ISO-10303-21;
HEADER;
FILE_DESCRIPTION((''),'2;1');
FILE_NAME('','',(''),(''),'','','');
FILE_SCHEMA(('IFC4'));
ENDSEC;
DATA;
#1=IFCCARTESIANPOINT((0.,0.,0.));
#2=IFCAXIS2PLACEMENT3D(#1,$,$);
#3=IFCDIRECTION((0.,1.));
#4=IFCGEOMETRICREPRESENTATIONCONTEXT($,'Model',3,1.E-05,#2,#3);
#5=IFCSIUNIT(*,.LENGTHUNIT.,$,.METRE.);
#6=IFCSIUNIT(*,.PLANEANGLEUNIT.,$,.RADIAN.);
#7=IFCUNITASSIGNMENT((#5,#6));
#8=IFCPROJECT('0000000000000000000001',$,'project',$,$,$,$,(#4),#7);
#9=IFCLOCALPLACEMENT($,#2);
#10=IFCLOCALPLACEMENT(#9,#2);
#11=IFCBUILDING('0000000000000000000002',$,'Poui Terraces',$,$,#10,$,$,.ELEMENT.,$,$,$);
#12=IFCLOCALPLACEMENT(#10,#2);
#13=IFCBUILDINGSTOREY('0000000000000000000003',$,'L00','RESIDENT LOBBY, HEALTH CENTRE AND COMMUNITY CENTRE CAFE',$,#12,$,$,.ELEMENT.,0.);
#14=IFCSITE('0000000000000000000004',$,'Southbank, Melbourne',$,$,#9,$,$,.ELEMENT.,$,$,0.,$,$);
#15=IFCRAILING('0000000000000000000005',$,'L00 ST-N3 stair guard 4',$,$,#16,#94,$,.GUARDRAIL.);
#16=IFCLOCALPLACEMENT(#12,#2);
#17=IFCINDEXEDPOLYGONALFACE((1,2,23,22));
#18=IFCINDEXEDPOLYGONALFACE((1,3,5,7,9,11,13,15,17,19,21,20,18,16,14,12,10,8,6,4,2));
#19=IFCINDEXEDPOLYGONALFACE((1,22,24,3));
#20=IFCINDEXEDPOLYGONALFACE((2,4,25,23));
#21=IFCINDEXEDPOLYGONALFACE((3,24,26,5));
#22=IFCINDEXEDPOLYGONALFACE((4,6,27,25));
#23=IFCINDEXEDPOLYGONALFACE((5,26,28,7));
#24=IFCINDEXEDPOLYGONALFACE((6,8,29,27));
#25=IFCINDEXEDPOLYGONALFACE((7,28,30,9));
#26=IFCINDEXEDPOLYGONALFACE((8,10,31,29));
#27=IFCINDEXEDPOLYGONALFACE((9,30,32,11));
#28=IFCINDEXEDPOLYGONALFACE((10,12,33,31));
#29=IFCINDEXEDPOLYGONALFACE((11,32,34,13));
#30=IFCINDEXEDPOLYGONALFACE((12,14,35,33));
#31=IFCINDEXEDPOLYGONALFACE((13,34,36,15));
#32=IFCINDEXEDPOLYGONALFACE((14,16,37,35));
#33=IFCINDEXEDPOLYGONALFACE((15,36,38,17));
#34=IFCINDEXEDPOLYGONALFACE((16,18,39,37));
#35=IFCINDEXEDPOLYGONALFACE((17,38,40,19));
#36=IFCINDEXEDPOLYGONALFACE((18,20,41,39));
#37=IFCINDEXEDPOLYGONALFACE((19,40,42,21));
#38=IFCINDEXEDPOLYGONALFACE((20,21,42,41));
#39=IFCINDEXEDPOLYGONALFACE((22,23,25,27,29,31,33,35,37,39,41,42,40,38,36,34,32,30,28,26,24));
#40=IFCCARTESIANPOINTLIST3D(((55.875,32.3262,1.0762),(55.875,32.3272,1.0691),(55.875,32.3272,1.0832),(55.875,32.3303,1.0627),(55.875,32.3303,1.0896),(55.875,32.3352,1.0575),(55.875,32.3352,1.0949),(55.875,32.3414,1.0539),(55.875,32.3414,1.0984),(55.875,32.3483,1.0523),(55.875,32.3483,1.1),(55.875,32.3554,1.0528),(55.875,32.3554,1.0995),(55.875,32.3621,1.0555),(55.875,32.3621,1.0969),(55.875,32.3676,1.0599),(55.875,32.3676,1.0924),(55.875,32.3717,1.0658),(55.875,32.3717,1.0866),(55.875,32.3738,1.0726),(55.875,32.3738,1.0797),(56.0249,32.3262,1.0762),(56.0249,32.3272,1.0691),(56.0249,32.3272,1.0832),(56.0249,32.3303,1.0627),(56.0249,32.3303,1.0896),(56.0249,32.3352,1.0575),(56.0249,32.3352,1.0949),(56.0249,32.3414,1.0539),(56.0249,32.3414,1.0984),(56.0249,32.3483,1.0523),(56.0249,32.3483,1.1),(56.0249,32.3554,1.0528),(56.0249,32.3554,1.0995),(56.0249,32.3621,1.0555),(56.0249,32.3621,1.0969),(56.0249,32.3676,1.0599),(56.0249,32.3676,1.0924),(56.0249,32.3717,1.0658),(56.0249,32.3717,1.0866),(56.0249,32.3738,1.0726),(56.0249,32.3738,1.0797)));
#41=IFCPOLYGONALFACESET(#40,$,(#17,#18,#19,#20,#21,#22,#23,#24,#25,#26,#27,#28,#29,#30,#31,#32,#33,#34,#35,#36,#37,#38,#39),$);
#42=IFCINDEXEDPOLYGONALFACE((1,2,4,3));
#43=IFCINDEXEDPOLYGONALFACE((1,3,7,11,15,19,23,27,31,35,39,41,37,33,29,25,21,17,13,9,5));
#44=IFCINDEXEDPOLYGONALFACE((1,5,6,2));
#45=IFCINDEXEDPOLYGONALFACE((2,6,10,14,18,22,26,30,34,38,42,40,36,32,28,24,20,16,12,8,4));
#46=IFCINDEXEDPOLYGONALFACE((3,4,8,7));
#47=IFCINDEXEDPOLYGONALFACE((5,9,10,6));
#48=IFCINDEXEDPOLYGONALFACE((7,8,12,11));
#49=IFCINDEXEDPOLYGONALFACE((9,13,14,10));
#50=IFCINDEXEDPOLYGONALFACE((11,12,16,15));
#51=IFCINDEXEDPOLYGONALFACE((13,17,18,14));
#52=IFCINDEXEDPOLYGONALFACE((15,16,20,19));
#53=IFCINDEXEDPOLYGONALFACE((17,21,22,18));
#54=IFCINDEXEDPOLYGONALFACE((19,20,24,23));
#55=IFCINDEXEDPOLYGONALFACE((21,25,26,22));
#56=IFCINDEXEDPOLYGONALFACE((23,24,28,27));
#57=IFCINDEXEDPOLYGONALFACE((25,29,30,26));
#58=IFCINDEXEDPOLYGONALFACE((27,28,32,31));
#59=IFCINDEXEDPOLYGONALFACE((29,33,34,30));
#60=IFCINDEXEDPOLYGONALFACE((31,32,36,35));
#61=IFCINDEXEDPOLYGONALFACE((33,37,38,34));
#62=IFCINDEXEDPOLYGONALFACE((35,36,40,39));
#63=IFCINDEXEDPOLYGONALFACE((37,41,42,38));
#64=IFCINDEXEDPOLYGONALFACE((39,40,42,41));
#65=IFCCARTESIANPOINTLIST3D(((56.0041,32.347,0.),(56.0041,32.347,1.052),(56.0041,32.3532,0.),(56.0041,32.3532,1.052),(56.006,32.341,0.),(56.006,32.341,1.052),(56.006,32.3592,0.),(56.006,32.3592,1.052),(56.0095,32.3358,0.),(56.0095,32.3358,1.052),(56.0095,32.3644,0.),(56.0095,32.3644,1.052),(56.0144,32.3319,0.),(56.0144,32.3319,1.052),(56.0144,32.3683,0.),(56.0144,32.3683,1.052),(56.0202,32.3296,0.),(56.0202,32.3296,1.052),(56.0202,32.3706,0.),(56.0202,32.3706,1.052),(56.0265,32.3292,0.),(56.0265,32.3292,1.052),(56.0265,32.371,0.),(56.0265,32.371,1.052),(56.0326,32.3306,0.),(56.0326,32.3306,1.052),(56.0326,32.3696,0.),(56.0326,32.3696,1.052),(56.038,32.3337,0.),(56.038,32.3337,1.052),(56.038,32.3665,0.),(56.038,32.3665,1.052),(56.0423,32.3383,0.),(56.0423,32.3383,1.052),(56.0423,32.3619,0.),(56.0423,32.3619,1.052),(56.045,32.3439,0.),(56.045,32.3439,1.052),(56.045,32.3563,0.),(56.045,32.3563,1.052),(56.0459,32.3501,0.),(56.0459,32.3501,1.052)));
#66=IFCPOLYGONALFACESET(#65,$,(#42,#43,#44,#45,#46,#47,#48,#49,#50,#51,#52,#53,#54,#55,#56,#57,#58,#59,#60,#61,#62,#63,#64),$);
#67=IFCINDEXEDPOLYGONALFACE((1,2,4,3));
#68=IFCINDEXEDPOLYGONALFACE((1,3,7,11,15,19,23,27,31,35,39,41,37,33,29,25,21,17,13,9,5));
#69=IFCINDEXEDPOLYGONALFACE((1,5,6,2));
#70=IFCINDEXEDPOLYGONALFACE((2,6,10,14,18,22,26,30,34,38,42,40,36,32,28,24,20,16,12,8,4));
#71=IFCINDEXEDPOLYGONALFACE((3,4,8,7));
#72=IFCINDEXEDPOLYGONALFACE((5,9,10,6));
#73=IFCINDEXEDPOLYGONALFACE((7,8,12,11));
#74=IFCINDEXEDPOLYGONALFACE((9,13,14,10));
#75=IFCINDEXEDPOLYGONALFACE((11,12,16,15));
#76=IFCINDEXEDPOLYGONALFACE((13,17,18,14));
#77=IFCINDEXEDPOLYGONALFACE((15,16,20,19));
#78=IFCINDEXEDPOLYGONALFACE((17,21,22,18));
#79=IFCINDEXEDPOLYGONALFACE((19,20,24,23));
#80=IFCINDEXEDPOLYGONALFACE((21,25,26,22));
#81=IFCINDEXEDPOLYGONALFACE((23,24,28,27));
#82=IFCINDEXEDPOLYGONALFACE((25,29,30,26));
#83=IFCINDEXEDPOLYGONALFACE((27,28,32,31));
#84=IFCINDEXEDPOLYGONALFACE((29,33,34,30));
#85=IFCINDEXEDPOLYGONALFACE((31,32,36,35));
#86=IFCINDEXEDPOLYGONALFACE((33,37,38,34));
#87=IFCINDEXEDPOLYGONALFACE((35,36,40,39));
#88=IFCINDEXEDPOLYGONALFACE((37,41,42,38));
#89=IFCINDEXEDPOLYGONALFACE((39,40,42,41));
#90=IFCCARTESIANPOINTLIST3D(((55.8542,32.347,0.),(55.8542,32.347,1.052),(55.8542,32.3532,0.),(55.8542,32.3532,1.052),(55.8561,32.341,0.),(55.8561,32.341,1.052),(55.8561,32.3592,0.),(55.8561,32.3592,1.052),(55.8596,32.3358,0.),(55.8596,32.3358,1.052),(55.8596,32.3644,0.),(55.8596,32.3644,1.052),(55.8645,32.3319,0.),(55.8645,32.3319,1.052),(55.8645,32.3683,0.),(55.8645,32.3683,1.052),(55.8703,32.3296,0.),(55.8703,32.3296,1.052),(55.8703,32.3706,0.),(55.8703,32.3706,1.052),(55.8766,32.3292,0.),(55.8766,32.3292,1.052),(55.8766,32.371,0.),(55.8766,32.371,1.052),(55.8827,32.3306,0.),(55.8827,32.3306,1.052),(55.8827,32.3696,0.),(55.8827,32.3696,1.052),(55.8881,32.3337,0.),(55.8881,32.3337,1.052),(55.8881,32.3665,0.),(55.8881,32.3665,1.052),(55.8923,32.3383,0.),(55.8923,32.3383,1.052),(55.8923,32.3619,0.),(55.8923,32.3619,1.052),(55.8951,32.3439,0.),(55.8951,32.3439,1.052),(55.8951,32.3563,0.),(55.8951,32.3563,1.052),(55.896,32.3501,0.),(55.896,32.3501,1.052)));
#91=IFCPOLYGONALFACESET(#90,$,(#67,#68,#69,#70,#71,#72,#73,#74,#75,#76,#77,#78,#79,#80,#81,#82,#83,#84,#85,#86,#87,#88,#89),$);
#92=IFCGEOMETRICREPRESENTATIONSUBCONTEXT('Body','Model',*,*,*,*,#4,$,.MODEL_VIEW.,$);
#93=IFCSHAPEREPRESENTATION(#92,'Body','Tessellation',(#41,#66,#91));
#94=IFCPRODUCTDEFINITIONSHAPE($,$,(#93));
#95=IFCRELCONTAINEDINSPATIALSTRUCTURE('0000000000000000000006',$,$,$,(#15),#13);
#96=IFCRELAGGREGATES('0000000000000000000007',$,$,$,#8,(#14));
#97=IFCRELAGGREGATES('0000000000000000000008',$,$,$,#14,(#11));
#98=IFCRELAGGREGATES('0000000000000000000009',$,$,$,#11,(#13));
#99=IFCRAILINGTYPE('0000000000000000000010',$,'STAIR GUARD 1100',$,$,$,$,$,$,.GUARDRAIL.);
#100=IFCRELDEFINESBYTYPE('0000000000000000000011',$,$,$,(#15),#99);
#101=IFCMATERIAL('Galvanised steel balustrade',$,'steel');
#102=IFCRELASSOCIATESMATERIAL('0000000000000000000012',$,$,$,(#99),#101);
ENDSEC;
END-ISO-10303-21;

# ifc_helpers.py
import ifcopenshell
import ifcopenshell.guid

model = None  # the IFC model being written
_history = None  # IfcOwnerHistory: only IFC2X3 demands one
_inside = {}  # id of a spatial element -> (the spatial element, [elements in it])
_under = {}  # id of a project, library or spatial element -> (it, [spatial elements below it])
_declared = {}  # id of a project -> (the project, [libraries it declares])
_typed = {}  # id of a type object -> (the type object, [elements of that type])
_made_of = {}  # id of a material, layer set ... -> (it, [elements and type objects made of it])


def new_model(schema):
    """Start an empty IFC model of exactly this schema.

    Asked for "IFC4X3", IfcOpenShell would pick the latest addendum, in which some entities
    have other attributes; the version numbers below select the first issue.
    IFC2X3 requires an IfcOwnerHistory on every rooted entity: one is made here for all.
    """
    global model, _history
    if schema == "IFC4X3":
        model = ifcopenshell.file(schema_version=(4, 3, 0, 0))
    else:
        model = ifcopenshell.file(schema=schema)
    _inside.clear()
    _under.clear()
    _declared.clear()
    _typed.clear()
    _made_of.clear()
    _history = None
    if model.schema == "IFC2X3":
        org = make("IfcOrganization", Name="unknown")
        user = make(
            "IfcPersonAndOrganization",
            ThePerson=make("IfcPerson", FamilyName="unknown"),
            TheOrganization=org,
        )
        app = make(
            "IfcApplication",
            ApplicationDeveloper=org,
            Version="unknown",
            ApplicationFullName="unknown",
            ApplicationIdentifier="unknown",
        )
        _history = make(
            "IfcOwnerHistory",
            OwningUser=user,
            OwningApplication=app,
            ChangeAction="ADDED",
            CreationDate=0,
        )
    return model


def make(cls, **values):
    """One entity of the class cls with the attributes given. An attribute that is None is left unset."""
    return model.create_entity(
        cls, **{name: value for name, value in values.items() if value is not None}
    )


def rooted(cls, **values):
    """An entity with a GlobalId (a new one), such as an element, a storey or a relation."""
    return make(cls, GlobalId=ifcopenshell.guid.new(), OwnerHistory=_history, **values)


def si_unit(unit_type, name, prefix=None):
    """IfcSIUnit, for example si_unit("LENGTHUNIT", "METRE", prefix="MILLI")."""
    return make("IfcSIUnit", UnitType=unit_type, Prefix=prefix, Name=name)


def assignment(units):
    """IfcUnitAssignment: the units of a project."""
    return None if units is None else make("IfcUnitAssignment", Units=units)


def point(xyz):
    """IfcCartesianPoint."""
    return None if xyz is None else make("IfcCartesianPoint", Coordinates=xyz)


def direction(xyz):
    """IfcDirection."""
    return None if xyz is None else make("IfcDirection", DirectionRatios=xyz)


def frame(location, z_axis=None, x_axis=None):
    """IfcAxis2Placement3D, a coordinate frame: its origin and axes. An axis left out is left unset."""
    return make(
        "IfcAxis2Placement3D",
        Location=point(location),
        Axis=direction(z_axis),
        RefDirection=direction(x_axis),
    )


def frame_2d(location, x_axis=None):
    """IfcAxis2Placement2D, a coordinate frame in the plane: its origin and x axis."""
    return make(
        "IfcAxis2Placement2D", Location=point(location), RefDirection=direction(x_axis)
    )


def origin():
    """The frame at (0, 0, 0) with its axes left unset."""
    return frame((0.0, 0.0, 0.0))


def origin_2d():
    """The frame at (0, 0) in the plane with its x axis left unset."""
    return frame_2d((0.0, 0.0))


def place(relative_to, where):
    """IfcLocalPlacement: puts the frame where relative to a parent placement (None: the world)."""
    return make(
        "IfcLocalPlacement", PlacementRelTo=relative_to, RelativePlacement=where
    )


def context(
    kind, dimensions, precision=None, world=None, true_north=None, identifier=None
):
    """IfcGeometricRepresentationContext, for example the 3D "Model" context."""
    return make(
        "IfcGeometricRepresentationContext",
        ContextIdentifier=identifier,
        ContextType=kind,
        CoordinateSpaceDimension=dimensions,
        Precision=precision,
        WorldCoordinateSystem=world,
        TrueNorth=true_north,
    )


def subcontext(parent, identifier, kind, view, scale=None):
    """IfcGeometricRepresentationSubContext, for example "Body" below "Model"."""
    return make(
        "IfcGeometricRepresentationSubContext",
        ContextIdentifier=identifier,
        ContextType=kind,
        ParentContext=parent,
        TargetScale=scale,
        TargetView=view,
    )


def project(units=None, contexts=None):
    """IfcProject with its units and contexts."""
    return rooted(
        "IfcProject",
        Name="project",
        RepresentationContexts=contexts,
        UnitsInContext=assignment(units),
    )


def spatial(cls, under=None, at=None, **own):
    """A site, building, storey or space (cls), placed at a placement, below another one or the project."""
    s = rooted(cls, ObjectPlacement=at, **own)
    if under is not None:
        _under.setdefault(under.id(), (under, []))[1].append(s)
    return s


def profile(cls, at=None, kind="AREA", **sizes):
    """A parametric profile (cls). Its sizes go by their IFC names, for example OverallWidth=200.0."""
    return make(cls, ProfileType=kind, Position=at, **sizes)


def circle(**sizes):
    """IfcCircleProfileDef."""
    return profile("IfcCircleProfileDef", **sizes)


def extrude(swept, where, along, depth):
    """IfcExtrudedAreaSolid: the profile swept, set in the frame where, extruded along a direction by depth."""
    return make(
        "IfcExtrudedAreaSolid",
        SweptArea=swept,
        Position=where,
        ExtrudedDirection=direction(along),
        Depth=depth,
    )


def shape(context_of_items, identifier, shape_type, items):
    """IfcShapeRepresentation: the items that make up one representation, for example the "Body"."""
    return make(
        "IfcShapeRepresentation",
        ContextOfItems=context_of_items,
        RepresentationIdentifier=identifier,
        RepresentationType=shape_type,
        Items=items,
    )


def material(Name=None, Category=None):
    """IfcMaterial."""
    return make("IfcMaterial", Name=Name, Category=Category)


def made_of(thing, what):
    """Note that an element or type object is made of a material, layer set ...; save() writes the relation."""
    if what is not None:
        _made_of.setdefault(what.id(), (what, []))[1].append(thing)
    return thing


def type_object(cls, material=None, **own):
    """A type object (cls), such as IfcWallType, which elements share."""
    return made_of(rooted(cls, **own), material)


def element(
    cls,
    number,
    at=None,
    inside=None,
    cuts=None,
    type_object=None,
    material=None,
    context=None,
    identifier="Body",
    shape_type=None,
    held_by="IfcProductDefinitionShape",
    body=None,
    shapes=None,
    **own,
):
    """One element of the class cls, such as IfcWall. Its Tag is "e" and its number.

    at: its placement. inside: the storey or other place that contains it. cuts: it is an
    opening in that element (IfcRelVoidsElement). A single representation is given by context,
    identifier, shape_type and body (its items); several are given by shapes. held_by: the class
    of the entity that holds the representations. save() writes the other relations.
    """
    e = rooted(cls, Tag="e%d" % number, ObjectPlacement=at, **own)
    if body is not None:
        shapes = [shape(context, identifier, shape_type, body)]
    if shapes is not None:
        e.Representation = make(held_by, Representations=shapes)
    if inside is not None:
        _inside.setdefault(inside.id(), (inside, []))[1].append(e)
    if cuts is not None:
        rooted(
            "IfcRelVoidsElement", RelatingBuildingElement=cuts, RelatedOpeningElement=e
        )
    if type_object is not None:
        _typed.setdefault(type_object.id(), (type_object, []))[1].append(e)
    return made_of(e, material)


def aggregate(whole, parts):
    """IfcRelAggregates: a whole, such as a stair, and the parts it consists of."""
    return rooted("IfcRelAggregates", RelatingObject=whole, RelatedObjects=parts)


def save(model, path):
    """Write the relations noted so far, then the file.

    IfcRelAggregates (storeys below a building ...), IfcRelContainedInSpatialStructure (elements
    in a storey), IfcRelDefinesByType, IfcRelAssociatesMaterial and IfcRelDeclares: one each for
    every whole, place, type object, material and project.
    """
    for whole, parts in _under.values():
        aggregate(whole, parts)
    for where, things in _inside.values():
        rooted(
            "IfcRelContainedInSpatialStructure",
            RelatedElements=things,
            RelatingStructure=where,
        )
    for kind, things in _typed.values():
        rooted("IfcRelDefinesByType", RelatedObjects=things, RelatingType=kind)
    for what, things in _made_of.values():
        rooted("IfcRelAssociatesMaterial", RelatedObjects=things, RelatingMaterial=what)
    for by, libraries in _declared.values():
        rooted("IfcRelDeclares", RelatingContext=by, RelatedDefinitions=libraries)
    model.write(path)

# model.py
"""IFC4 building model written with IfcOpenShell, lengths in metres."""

from ifc_helpers import new_model, si_unit, direction, frame, origin, origin_2d, place, context, subcontext, project, spatial, circle, extrude, material, type_object, element, save


model = new_model("IFC4")

# Units and contexts
model_context = context("Model", 3, precision=1e-05, world=origin(), true_north=direction((0.0, 1.0)))
body_context = subcontext(model_context, "Body", "Model", "MODEL_VIEW")
ifc_project = project(units=[si_unit("LENGTHUNIT", "METRE"), si_unit("PLANEANGLEUNIT", "RADIAN")], contexts=[model_context])

# Site, building, storey
site_placement = place(None, origin())
site = spatial("IfcSite", under=ifc_project, at=site_placement, Name="Southbank, Melbourne", CompositionType="ELEMENT", RefElevation=0.0)
building_placement = place(site_placement, origin())
building = spatial("IfcBuilding", under=site, at=building_placement, Name="Poui Terraces", CompositionType="ELEMENT")
storey_placement = place(building_placement, origin())
storey = spatial("IfcBuildingStorey", under=building, at=storey_placement, Name="L00", Description="RESIDENT LOBBY, HEALTH CENTRE AND COMMUNITY CENTRE CAFE", CompositionType="ELEMENT", Elevation=0.0)

# Railing
ifc_material_1 = material(Name="Galvanised steel balustrade", Category="steel")
railing_type_1 = type_object("IfcRailingType", Name="STAIR GUARD 1100", PredefinedType="GUARDRAIL", material=ifc_material_1)
railing_1_placement = place(storey_placement, frame((56.0249, 32.3501, 0.0)))
element("IfcRailing", 1, at=railing_1_placement, inside=storey, type_object=railing_type_1, Name="L00 ST-N3 stair guard 4", PredefinedType="GUARDRAIL", context=body_context, shape_type="SweptSolid", body=[
    extrude(circle(Radius=0.0239, at=origin_2d()), frame((0.0, 0.0, 1.0762), z_axis=(-1.0, 0.0, 0.0), x_axis=(0.0, -1.0, 0.0)), (0.0, 0.0, 1.0), 0.1499),
    extrude(circle(Radius=0.021, at=origin_2d()), origin(), (0.0, 0.0, 1.0), 1.052),
    extrude(circle(Radius=0.021, at=origin_2d()), frame((-0.1499, 0.0, 0.0)), (0.0, 0.0, 1.0), 1.052),
])

save(model, "model.ifc")
